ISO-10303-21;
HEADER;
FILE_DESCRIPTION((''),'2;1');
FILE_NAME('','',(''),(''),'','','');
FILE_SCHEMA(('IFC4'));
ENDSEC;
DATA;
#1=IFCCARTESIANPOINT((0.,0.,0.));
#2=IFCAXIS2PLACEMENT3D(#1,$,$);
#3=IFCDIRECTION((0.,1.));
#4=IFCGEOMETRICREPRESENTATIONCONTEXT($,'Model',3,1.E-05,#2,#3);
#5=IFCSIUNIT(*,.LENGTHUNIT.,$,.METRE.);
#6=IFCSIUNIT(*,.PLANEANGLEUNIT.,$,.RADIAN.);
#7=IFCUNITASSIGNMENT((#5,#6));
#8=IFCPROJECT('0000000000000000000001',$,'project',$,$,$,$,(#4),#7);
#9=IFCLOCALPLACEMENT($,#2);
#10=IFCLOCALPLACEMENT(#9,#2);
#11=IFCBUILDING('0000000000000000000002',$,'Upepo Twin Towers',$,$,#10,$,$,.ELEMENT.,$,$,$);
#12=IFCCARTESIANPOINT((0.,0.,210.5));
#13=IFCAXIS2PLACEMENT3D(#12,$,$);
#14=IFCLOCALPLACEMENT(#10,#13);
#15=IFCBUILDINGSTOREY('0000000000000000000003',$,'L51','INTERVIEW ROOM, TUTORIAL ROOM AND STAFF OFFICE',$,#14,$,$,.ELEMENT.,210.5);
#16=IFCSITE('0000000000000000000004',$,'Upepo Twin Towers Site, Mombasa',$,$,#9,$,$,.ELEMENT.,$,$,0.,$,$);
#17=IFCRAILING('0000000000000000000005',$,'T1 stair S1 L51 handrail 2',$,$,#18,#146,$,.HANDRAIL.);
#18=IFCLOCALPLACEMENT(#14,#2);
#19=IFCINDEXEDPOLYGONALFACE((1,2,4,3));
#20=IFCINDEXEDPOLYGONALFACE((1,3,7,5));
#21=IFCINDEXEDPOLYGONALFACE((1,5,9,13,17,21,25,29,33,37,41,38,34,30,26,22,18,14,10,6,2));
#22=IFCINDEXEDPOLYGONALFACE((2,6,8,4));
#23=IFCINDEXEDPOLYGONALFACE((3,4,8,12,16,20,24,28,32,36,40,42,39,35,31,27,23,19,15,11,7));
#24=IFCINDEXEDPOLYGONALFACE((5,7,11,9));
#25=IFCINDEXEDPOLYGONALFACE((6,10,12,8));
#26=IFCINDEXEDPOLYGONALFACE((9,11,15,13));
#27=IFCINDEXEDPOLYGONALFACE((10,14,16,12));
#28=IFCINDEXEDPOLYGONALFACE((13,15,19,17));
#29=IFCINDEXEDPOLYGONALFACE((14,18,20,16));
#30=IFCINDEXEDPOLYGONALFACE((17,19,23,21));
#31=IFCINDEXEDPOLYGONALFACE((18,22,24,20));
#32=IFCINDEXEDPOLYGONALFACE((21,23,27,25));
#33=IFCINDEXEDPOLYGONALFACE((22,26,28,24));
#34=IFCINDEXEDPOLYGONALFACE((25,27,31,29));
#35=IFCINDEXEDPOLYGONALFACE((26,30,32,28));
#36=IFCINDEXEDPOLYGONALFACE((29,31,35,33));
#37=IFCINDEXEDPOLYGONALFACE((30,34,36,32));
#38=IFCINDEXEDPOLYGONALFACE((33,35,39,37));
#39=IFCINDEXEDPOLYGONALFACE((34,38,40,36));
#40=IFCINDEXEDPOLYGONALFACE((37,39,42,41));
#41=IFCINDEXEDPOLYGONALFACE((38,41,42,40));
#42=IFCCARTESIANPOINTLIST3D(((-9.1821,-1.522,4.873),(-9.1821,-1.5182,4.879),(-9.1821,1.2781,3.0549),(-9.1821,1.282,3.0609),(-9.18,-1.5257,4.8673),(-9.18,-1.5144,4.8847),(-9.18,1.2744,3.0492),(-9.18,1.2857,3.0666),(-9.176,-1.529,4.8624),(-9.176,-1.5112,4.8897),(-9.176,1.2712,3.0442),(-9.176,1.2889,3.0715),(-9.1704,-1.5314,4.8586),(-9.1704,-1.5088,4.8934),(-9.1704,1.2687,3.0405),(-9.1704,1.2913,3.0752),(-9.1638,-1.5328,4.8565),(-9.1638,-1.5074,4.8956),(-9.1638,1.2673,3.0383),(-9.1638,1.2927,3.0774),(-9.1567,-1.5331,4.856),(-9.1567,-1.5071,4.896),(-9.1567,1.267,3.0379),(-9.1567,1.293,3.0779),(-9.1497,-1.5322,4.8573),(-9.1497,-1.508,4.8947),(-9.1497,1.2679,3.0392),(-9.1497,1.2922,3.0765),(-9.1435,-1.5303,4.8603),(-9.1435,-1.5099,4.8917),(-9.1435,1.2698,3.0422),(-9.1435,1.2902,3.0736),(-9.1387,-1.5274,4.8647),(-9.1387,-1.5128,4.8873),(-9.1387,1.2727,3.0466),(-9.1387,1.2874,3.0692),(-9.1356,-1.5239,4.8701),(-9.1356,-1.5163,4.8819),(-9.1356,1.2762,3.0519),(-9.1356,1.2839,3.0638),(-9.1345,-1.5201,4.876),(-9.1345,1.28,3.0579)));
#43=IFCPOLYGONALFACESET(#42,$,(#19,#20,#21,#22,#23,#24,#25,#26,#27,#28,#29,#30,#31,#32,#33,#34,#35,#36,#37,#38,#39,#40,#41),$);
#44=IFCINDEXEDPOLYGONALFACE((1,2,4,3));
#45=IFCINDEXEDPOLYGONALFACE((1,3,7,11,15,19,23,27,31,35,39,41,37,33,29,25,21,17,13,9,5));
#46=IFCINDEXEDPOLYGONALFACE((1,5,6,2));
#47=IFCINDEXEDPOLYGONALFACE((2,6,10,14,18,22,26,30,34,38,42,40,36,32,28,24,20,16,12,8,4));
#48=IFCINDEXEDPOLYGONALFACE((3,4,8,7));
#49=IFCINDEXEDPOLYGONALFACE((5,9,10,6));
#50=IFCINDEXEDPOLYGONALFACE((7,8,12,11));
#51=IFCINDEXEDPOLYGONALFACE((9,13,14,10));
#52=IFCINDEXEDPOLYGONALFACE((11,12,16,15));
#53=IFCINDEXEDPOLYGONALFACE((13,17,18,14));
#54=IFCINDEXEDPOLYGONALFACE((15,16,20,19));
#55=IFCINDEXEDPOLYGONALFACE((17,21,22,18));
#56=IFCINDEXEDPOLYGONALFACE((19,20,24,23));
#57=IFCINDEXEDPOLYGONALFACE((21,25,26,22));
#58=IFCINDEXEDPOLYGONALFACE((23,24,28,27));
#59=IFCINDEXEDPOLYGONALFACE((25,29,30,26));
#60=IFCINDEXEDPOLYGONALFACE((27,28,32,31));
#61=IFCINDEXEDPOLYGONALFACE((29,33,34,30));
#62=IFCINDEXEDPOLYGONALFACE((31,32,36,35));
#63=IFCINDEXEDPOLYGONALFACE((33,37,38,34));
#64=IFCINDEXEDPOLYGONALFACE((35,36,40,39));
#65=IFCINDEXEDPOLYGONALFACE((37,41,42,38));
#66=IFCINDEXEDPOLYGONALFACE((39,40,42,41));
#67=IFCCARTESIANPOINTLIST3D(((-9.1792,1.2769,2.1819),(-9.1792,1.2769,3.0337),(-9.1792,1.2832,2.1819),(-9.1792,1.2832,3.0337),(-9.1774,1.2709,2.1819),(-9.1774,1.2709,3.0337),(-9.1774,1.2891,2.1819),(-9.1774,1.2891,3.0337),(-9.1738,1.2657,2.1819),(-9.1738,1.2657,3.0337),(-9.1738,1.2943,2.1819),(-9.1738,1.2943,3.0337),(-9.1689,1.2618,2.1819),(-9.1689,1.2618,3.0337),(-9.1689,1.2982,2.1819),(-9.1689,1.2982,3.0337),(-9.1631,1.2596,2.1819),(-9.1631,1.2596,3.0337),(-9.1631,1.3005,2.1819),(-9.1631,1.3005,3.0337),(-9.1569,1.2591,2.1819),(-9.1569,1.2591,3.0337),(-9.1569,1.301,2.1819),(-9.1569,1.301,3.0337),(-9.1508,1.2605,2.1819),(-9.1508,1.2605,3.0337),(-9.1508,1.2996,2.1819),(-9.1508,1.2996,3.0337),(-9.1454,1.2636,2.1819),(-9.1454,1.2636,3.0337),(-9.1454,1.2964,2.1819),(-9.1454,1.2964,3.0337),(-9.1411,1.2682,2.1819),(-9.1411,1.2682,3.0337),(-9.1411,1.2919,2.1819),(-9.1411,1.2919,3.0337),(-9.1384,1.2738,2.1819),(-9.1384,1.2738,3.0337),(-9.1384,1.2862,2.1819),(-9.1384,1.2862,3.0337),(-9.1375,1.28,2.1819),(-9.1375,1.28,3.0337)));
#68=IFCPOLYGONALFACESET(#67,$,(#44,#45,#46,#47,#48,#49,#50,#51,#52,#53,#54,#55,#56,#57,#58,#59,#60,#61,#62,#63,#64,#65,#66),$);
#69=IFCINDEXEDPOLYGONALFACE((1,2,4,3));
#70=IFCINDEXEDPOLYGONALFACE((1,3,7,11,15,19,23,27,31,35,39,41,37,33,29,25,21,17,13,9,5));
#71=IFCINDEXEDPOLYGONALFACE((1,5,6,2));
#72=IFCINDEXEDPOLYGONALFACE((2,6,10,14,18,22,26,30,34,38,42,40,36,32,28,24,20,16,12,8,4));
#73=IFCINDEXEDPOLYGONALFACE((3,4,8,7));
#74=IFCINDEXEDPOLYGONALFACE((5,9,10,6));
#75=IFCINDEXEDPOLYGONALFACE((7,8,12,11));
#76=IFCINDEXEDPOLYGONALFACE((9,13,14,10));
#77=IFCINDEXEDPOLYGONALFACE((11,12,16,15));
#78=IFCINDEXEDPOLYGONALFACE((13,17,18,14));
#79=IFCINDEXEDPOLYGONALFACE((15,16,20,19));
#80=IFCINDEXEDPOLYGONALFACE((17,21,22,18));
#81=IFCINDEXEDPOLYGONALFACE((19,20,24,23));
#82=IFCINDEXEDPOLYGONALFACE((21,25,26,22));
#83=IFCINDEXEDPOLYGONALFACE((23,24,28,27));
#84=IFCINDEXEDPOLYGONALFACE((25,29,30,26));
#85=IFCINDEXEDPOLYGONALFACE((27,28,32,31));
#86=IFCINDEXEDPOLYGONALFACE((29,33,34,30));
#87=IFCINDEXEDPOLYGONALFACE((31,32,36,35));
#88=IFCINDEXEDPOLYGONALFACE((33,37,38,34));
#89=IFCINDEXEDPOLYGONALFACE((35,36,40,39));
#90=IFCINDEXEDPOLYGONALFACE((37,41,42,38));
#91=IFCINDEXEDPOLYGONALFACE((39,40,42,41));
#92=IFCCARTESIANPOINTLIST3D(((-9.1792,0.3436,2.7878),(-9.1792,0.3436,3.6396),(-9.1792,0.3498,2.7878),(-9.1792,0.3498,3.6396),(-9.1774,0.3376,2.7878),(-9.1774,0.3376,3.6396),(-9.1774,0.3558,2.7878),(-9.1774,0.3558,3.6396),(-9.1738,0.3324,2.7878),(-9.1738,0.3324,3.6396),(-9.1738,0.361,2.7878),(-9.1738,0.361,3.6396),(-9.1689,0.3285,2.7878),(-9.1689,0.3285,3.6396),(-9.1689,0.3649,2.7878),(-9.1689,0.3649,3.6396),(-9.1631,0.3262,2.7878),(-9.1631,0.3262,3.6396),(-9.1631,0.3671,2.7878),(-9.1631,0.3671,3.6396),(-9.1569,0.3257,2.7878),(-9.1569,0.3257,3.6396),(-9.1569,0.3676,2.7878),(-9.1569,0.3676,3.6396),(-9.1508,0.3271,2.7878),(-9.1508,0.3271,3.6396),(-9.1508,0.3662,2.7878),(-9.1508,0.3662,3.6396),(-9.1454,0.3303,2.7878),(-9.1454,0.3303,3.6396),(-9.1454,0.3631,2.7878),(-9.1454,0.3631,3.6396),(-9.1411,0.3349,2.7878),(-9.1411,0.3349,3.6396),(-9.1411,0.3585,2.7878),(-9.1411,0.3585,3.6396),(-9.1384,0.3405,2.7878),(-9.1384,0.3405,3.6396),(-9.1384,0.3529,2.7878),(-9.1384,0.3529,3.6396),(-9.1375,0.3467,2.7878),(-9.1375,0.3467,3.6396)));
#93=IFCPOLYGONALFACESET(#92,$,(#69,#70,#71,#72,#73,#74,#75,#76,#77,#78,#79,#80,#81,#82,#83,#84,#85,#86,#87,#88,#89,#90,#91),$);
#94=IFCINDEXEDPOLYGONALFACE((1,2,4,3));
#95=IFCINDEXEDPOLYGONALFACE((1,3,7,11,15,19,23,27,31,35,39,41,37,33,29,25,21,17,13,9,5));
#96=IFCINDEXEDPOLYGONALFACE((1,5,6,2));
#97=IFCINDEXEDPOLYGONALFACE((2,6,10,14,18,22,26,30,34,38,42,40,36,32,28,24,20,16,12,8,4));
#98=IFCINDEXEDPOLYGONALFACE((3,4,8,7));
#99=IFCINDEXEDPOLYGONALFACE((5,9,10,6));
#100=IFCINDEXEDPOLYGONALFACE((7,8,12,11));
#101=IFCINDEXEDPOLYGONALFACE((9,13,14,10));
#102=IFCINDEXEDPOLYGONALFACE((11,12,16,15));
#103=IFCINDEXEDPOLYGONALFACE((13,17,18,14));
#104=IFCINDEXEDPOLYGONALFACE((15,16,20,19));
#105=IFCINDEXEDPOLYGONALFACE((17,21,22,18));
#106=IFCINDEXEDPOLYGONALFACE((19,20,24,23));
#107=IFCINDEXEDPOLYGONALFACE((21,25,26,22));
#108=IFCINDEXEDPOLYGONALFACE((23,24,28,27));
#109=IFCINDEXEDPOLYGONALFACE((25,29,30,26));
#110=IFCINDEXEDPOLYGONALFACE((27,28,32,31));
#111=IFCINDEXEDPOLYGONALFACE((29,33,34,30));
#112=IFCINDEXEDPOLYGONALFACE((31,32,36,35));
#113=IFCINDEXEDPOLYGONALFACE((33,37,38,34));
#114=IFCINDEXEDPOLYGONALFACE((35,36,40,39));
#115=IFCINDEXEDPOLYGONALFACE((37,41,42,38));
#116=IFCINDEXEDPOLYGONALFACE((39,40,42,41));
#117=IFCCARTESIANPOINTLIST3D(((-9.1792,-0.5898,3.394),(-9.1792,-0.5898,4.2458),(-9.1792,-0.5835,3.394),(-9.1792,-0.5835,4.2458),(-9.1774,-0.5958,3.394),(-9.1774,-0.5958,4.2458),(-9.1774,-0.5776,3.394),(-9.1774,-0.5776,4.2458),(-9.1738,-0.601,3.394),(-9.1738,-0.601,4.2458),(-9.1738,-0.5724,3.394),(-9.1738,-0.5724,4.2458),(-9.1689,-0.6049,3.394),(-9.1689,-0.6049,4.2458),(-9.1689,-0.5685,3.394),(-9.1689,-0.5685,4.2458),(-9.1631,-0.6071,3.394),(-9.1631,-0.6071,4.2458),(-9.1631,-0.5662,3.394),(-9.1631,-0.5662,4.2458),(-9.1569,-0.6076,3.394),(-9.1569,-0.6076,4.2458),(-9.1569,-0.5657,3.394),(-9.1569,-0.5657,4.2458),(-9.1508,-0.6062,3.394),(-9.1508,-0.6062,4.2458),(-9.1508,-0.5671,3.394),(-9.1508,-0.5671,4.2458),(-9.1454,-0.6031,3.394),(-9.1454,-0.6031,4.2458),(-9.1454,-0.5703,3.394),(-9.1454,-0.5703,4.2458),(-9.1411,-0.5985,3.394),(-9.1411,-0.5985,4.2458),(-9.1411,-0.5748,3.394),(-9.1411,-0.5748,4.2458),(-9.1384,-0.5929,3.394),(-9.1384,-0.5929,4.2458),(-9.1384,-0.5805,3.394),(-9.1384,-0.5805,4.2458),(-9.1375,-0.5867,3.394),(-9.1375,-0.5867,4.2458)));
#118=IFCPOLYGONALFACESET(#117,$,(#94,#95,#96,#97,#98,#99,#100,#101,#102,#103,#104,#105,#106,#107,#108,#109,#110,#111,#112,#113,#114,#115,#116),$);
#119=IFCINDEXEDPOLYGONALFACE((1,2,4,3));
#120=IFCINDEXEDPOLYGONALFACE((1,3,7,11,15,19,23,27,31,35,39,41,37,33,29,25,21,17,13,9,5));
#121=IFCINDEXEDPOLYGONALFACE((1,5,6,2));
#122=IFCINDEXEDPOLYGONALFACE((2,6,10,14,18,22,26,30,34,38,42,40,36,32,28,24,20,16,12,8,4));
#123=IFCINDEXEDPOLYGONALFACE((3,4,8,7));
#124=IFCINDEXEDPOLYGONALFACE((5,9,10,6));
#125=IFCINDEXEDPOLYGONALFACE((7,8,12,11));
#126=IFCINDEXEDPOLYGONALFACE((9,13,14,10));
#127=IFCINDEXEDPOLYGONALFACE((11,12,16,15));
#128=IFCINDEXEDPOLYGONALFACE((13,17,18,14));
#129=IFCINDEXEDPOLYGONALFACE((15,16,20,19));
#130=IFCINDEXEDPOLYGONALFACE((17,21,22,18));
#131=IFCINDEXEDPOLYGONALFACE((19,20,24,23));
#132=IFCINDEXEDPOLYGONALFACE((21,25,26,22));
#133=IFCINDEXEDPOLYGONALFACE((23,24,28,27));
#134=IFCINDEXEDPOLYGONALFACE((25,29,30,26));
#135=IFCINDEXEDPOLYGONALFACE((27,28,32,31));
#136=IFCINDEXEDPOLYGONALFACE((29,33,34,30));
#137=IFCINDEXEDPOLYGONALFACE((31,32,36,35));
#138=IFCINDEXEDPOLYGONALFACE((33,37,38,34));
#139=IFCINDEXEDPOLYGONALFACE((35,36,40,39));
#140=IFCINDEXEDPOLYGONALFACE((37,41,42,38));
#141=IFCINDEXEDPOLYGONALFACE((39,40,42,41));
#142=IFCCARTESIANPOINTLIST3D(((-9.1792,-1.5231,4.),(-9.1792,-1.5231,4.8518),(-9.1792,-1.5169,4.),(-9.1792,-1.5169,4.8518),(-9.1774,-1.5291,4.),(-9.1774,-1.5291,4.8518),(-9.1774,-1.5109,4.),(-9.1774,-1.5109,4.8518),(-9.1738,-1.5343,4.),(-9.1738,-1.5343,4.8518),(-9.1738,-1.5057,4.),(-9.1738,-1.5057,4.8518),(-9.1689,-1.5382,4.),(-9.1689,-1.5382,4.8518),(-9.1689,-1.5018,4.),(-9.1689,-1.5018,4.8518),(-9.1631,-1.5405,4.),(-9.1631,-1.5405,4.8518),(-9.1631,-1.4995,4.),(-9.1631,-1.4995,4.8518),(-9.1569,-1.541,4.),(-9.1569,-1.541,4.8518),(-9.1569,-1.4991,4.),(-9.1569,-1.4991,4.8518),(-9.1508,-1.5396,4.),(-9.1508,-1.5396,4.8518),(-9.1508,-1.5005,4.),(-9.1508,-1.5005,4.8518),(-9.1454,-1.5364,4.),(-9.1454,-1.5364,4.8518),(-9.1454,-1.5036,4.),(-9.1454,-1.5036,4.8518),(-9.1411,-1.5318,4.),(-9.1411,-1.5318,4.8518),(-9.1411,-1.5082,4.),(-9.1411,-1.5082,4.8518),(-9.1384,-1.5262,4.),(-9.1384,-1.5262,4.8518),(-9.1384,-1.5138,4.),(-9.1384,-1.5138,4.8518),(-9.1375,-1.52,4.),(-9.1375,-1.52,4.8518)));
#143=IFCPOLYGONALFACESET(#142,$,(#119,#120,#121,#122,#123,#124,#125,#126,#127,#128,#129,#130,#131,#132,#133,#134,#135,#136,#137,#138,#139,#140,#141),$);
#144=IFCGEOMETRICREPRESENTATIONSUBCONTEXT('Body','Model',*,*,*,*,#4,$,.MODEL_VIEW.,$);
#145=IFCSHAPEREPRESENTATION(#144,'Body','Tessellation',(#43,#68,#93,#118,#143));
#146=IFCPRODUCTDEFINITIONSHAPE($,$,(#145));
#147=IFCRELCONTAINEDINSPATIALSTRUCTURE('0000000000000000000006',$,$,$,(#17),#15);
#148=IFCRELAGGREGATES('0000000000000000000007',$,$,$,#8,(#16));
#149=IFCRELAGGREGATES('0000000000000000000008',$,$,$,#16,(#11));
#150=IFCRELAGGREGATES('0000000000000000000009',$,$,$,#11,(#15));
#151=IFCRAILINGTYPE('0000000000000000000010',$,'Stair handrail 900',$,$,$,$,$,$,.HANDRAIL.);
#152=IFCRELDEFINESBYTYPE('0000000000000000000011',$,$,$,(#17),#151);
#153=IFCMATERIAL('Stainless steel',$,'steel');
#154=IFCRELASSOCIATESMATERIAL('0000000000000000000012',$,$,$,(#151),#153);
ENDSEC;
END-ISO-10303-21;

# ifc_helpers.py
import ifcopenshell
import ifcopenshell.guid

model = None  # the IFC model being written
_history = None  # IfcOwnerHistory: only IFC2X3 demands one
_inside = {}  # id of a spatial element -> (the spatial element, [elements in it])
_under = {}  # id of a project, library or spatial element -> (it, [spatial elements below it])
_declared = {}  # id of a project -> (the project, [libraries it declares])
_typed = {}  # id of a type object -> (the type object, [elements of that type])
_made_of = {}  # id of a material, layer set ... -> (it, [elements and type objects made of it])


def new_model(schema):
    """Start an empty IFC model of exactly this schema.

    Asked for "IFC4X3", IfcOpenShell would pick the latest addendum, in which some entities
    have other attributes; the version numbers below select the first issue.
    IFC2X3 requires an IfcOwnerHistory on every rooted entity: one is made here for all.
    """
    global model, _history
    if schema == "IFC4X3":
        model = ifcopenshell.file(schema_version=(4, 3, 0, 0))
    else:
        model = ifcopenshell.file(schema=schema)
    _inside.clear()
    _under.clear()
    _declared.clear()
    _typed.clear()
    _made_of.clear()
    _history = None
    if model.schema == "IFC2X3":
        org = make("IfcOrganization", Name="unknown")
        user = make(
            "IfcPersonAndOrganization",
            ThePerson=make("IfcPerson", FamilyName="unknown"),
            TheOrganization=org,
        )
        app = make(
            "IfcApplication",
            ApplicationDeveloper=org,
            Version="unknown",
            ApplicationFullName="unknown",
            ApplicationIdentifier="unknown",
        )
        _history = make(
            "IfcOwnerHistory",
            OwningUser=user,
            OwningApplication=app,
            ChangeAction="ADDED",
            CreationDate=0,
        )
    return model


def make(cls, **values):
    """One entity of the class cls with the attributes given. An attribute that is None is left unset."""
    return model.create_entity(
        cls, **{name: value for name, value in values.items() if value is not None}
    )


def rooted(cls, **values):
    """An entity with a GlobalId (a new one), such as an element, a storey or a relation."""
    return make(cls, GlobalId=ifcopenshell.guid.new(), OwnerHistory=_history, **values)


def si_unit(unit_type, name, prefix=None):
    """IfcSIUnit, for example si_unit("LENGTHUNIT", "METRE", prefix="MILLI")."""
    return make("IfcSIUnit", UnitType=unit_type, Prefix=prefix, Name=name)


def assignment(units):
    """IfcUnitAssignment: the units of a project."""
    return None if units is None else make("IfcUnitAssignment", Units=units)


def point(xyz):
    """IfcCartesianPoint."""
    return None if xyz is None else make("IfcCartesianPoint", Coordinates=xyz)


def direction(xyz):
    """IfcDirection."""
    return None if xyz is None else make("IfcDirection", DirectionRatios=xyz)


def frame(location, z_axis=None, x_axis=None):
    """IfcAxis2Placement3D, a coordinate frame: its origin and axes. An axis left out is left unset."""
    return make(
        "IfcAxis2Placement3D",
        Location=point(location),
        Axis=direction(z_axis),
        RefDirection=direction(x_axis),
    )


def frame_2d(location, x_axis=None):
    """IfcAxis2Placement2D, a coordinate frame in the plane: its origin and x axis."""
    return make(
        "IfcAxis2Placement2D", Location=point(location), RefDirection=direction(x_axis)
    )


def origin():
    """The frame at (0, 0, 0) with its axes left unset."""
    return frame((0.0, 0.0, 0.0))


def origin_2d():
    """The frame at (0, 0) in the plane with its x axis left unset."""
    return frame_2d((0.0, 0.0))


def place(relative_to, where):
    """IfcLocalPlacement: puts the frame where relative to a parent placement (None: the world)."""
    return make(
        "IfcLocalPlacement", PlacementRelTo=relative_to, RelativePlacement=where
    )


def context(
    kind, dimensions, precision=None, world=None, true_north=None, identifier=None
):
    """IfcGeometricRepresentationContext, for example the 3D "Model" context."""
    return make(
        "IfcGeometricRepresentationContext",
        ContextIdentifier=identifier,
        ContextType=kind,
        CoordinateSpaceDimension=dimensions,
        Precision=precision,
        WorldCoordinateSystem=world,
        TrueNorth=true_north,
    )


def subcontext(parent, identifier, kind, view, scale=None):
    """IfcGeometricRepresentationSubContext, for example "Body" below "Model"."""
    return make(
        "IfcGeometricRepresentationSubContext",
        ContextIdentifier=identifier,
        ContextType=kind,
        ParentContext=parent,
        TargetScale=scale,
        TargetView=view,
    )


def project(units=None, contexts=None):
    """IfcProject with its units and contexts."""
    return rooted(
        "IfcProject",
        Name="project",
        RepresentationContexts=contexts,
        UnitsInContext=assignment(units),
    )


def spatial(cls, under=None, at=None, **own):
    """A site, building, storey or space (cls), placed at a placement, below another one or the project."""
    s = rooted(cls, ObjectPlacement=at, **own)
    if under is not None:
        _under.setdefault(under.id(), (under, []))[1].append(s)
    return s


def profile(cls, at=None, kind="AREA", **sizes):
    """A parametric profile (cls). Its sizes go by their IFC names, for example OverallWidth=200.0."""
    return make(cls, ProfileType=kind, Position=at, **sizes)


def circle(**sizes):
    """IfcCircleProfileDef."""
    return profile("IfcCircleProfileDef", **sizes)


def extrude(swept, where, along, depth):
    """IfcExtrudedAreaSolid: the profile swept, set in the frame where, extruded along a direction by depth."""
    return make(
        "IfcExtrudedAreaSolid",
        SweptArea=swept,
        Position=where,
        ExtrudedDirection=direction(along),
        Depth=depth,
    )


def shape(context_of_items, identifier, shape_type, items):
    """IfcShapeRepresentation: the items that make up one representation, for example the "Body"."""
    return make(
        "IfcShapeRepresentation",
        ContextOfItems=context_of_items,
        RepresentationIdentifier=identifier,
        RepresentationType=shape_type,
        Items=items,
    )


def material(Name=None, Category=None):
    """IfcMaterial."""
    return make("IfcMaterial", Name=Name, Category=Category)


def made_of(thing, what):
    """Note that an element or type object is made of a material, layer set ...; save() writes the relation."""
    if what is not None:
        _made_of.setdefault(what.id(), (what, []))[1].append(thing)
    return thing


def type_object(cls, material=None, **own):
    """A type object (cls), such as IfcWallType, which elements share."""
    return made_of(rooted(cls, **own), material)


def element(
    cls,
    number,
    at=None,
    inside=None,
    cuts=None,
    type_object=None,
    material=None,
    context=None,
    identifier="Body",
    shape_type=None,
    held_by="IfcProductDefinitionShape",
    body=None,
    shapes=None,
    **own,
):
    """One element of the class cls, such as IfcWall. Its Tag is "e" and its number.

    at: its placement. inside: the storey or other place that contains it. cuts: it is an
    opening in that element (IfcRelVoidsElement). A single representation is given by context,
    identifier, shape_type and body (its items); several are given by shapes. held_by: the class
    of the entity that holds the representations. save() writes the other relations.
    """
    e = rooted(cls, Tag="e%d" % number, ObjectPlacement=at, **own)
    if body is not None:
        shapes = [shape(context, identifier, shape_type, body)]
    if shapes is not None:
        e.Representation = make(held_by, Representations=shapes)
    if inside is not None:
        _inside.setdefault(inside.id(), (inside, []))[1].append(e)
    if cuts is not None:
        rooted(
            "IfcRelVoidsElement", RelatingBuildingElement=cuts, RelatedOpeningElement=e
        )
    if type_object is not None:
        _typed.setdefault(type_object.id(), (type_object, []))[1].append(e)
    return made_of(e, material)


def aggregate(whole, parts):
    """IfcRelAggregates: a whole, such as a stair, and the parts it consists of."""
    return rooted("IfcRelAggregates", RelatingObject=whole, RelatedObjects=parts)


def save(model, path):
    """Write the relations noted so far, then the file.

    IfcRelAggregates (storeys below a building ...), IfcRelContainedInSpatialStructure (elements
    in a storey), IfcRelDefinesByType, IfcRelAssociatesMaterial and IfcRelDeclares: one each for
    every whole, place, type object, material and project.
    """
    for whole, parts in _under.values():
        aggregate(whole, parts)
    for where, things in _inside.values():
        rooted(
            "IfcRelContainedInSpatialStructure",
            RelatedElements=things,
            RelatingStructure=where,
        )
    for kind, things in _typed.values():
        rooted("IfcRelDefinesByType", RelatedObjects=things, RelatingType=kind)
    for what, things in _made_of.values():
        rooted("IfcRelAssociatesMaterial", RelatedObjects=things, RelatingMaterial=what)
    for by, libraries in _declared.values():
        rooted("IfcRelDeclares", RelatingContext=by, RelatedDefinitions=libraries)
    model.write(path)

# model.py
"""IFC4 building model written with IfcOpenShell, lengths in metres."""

from ifc_helpers import new_model, si_unit, direction, frame, origin, origin_2d, place, context, subcontext, project, spatial, circle, extrude, material, type_object, element, save


model = new_model("IFC4")

# Units and contexts
model_context = context("Model", 3, precision=1e-05, world=origin(), true_north=direction((0.0, 1.0)))
body_context = subcontext(model_context, "Body", "Model", "MODEL_VIEW")
ifc_project = project(units=[si_unit("LENGTHUNIT", "METRE"), si_unit("PLANEANGLEUNIT", "RADIAN")], contexts=[model_context])

# Site, building, storey
site_placement = place(None, origin())
site = spatial("IfcSite", under=ifc_project, at=site_placement, Name="Upepo Twin Towers Site, Mombasa", CompositionType="ELEMENT", RefElevation=0.0)
building_placement = place(site_placement, origin())
building = spatial("IfcBuilding", under=site, at=building_placement, Name="Upepo Twin Towers", CompositionType="ELEMENT")
storey_placement = place(building_placement, frame((0.0, 0.0, 210.5)))
storey = spatial("IfcBuildingStorey", under=building, at=storey_placement, Name="L51", Description="INTERVIEW ROOM, TUTORIAL ROOM AND STAFF OFFICE", CompositionType="ELEMENT", Elevation=210.5)

# Railing
ifc_material_1 = material(Name="Stainless steel", Category="steel")
railing_type = type_object("IfcRailingType", Name="Stair handrail 900", PredefinedType="HANDRAIL", material=ifc_material_1)
railing_1_placement = place(storey_placement, frame((-9.1584, 1.28, 2.1819)))
element("IfcRailing", 1, at=railing_1_placement, inside=storey, type_object=railing_type, Name="T1 stair S1 L51 handrail 2", PredefinedType="HANDRAIL", context=body_context, shape_type="SweptSolid", body=[
    extrude(circle(Radius=0.0239, at=origin_2d()), frame((0.0, 0.0, 0.876), z_axis=(0.0, -0.838706, 0.544585), x_axis=(1.0, 0.0, 0.0)), (0.0, 0.0, 1.0), 3.3386),
    extrude(circle(Radius=0.021, at=origin_2d()), origin(), (0.0, 0.0, 1.0), 0.8518),
    extrude(circle(Radius=0.021, at=origin_2d()), frame((0.0, -0.9333, 0.606)), (0.0, 0.0, 1.0), 0.8518),
    extrude(circle(Radius=0.021, at=origin_2d()), frame((0.0, -1.8667, 1.2122)), (0.0, 0.0, 1.0), 0.8518),
    extrude(circle(Radius=0.021, at=origin_2d()), frame((0.0, -2.8, 1.8181)), (0.0, 0.0, 1.0), 0.8518),
])

save(model, "model.ifc")
